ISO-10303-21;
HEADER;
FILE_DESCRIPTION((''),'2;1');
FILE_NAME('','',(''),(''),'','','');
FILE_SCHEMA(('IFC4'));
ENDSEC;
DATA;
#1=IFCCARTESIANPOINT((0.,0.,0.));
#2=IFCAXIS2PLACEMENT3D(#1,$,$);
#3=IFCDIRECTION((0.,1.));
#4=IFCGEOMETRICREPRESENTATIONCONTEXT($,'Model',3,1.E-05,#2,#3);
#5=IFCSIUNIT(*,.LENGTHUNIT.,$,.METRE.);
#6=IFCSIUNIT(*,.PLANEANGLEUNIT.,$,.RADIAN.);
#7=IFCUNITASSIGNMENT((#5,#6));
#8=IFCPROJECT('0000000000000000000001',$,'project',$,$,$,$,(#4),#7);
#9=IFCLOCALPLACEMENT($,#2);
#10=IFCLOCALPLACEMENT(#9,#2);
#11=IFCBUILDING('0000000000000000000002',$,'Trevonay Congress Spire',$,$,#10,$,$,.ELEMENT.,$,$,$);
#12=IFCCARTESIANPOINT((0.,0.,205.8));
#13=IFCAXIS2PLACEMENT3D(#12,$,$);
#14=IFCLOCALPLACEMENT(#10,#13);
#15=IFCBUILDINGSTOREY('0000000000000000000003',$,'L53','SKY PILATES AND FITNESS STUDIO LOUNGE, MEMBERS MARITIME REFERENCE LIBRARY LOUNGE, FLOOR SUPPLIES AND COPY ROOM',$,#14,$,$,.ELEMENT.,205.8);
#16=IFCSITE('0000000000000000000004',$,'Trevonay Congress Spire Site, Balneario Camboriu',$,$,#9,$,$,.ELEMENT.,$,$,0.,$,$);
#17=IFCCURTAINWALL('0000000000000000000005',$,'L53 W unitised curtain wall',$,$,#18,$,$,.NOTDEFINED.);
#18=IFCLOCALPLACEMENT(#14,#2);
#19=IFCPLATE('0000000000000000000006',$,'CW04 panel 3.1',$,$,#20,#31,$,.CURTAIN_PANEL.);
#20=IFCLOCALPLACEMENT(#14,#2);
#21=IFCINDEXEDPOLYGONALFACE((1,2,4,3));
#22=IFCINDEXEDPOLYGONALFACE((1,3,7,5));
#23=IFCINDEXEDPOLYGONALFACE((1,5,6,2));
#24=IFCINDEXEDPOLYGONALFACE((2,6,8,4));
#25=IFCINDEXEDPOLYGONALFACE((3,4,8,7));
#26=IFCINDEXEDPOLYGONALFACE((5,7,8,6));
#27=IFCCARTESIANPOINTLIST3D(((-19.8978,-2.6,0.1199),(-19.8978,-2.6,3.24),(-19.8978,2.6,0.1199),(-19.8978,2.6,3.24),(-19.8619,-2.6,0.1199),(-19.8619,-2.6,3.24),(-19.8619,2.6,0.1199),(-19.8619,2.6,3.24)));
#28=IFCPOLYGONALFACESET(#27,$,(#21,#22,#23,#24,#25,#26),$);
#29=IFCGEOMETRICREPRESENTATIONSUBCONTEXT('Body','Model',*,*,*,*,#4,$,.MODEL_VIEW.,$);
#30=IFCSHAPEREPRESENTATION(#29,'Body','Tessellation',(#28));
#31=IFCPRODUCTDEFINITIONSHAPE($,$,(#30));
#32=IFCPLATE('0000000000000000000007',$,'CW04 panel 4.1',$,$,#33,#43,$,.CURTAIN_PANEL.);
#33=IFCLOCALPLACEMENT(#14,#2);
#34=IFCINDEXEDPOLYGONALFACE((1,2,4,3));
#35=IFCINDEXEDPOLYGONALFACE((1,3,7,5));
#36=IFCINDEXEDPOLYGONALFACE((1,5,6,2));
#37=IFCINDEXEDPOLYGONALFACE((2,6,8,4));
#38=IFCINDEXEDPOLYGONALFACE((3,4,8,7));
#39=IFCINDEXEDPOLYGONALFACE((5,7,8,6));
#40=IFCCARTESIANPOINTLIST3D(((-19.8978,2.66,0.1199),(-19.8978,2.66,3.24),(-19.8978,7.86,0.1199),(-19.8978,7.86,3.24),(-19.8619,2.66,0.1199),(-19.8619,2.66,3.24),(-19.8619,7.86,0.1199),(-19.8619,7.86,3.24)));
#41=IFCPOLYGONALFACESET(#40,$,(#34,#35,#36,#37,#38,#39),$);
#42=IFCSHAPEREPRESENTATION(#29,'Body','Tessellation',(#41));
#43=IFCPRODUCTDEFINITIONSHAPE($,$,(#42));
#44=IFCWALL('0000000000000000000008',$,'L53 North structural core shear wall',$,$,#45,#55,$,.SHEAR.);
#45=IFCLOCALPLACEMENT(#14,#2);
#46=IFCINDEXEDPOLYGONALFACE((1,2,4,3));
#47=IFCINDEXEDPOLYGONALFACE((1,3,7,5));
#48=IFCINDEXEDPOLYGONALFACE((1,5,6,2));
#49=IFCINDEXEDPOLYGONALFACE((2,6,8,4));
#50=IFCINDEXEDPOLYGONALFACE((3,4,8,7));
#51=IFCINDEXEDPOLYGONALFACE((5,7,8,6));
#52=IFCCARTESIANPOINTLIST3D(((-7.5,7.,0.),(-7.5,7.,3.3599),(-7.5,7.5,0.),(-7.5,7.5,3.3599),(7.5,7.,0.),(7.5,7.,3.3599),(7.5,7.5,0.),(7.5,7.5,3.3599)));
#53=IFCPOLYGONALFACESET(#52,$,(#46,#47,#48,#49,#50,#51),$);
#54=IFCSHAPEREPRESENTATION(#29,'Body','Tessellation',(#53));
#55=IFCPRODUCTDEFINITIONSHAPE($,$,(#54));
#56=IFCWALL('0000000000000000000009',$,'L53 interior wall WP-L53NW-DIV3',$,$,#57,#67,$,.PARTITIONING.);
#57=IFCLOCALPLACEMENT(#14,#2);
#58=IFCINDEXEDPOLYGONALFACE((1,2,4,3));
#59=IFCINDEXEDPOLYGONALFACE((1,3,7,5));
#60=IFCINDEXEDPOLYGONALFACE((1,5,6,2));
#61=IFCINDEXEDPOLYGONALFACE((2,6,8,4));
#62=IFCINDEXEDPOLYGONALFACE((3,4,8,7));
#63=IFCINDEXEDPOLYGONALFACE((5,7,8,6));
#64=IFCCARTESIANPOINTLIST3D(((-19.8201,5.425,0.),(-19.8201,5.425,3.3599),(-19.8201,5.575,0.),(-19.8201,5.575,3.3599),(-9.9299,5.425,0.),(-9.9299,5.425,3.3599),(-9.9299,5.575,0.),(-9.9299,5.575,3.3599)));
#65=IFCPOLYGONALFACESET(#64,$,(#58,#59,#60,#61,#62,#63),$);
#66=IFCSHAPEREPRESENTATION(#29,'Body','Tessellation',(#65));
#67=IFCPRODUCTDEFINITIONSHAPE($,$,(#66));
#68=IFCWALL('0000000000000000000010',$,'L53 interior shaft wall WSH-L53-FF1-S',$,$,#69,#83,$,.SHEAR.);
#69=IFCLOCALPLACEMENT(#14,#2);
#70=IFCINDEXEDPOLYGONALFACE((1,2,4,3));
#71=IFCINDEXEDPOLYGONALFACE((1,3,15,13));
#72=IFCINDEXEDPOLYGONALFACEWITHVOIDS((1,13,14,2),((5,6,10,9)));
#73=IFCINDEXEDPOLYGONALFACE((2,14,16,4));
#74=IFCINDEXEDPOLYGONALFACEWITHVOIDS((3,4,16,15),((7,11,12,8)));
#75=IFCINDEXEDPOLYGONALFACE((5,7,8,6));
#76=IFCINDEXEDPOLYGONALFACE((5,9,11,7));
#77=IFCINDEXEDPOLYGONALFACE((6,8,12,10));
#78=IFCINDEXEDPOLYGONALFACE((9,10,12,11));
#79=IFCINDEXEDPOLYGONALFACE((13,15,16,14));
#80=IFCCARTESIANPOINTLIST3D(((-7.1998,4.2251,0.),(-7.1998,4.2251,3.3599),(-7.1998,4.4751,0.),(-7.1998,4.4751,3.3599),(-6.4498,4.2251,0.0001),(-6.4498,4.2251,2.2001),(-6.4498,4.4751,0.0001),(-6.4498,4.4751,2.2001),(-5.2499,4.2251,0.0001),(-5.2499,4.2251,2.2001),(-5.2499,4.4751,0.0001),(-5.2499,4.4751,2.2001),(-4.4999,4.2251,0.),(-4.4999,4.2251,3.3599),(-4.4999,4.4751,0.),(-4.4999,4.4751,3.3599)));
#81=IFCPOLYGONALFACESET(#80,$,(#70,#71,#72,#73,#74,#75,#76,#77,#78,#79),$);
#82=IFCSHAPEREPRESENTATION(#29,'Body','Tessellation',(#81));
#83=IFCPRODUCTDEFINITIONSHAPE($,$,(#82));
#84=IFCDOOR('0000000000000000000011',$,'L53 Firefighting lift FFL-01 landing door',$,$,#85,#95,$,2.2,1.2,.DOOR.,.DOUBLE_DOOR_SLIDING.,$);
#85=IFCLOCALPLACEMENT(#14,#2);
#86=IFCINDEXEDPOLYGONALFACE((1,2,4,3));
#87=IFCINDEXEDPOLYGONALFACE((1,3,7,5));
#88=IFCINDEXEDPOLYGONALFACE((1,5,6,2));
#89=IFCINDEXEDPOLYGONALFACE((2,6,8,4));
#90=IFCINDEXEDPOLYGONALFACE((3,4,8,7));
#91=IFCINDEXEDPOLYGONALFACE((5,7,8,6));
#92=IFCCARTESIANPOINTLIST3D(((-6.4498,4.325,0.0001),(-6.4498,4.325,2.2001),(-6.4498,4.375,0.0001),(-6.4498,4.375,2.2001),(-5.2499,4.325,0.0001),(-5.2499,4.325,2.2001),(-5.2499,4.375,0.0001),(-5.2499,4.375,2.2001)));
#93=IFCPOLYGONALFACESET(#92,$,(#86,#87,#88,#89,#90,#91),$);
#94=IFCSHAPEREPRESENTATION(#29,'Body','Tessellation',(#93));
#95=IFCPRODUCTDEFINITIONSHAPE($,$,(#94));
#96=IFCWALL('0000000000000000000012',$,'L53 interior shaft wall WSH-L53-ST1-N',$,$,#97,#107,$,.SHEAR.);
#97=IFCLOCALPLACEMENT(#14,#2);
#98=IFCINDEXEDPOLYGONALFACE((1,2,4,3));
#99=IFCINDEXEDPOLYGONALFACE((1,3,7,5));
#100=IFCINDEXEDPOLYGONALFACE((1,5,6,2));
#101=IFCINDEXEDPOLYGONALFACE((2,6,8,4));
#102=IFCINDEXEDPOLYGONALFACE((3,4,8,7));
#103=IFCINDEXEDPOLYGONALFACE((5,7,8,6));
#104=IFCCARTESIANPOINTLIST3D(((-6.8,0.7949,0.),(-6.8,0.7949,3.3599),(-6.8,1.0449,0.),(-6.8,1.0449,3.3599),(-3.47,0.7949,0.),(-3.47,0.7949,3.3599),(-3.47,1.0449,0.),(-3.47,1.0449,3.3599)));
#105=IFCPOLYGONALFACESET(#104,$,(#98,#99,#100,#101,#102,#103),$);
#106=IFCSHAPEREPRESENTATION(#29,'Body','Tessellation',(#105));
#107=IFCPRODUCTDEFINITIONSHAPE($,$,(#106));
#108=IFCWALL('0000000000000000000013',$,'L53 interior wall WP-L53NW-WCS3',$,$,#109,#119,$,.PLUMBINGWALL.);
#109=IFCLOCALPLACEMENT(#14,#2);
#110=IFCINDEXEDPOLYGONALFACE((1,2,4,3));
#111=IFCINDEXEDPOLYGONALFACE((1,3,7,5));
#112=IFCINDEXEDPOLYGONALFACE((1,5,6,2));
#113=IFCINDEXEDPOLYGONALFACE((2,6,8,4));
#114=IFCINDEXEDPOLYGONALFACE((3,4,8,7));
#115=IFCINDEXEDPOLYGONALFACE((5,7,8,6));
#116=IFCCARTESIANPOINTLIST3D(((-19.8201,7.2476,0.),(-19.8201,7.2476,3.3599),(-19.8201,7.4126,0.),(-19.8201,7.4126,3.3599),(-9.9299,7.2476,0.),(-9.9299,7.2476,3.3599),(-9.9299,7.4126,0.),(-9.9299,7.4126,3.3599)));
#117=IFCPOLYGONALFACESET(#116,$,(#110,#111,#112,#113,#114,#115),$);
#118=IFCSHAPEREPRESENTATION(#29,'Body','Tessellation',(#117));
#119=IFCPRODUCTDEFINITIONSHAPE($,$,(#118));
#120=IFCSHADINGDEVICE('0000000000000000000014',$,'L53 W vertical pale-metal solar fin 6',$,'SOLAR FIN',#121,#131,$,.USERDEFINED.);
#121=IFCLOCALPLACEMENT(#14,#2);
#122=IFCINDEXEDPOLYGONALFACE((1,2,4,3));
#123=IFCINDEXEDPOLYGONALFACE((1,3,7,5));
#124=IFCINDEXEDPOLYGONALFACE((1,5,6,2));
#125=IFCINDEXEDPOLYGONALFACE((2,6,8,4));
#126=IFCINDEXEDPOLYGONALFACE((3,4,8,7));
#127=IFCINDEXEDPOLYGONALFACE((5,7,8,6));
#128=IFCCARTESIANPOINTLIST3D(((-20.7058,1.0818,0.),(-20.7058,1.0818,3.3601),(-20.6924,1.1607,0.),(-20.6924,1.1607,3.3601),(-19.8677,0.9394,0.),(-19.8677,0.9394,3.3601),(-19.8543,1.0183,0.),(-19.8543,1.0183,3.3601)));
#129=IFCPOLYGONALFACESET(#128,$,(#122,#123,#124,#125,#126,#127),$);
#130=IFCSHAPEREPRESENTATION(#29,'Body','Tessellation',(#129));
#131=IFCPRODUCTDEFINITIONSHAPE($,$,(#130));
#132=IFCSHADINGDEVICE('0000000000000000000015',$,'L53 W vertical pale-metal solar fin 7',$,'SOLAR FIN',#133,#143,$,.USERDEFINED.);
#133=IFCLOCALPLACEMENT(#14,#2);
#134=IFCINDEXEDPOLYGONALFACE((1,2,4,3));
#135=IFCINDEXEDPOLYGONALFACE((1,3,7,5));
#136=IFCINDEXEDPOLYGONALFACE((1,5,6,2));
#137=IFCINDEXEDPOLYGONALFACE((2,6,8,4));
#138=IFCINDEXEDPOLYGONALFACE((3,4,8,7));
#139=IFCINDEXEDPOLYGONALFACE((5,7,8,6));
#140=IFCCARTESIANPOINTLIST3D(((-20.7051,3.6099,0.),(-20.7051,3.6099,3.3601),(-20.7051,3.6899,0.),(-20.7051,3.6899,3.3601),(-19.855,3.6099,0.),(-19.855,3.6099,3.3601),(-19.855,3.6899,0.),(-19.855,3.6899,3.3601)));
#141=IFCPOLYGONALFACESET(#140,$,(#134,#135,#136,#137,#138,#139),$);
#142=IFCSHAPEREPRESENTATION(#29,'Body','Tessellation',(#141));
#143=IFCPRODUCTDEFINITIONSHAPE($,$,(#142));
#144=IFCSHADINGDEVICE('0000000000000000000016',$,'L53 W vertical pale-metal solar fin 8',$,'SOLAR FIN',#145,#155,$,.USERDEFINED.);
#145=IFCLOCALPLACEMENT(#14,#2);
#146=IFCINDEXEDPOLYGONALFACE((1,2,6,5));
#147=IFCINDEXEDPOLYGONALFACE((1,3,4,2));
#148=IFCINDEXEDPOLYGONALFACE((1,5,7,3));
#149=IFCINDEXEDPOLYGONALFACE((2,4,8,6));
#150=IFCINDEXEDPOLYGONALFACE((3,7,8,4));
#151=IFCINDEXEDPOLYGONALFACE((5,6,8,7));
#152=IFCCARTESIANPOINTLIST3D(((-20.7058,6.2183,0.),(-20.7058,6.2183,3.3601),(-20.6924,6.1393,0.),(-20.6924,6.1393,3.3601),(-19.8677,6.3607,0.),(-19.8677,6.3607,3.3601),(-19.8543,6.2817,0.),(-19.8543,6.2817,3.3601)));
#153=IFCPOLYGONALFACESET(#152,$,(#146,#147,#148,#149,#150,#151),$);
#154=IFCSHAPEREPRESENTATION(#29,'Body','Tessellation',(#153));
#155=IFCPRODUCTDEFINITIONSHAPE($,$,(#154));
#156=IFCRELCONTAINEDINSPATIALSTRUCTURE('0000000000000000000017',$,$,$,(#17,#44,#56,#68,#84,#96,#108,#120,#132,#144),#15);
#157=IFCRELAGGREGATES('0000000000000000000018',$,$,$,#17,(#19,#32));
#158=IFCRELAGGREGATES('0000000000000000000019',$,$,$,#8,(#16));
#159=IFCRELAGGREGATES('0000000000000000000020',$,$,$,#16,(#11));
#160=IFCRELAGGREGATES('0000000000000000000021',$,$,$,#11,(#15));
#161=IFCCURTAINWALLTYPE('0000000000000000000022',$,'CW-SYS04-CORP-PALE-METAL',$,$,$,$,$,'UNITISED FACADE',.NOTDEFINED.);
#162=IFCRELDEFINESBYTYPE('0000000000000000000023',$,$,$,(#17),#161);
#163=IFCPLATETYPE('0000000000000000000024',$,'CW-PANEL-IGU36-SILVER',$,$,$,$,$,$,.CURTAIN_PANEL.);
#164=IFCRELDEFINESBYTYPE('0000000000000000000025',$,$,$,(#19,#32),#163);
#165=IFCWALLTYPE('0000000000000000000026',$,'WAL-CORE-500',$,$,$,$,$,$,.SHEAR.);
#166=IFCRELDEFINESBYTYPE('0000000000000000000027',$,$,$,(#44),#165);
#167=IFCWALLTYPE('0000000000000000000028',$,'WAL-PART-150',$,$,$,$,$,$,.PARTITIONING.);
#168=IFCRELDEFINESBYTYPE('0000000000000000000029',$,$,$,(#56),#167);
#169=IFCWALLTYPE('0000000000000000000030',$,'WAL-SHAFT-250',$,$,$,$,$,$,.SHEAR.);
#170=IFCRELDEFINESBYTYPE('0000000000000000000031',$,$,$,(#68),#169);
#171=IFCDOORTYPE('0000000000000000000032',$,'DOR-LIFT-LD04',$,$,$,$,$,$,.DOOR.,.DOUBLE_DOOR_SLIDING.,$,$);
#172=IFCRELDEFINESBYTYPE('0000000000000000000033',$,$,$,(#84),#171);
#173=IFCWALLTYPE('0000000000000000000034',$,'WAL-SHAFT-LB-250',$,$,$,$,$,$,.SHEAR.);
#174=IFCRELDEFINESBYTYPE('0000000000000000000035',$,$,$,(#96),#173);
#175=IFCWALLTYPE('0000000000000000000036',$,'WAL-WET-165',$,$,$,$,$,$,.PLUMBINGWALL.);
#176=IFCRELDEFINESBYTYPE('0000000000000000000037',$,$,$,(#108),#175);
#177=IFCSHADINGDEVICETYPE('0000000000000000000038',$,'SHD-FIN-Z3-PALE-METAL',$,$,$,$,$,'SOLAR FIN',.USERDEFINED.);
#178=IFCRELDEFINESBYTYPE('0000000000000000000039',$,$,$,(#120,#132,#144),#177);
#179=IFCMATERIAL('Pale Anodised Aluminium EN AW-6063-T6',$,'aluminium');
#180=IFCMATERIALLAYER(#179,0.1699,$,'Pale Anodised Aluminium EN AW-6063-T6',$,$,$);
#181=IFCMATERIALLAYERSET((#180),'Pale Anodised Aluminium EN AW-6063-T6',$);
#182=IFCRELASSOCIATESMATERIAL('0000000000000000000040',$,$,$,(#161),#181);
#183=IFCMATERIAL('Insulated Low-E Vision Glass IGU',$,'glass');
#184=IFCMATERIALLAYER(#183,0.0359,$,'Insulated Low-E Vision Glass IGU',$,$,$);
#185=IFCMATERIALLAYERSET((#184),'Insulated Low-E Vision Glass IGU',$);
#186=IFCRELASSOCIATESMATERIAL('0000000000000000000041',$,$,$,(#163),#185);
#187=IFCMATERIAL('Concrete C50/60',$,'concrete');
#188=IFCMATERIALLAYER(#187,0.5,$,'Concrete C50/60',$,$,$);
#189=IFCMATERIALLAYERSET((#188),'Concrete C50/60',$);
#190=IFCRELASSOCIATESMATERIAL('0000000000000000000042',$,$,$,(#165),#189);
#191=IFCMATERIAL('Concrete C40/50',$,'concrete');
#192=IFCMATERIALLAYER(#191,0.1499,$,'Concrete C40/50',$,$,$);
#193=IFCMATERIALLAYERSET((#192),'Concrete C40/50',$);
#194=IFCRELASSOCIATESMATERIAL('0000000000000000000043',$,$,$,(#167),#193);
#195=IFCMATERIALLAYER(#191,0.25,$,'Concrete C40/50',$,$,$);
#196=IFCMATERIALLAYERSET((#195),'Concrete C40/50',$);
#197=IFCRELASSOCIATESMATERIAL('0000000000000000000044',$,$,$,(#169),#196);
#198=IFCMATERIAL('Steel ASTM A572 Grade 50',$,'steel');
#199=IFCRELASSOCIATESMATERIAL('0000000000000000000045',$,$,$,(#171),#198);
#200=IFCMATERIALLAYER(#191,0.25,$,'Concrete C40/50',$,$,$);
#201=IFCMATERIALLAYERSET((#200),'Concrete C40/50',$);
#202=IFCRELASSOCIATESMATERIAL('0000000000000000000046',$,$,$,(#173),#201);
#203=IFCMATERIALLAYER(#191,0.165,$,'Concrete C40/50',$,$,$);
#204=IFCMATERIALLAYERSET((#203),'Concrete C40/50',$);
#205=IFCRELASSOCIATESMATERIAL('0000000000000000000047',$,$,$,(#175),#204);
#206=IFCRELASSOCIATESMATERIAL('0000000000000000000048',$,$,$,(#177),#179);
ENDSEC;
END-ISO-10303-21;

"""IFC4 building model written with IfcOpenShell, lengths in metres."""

from ifc_helpers import new_model, si_unit, direction, frame, frame_2d, origin, origin_2d, place, context, subcontext, project, spatial, rectangle, extrude, material, layer, layer_set, type_object, element, fill, aggregate, save


model = new_model("IFC4")

# Units and contexts
model_context = context("Model", 3, precision=1e-05, world=origin(), true_north=direction((0.0, 1.0)))
body_context = subcontext(model_context, "Body", "Model", "MODEL_VIEW")
ifc_project = project(units=[si_unit("LENGTHUNIT", "METRE"), si_unit("PLANEANGLEUNIT", "RADIAN")], contexts=[model_context])

# Site, building, storey
site_placement = place(None, origin())
site = spatial("IfcSite", under=ifc_project, at=site_placement, Name="Trevonay Congress Spire Site, Balneario Camboriu", CompositionType="ELEMENT", RefElevation=0.0)
building_placement = place(site_placement, origin())
building = spatial("IfcBuilding", under=site, at=building_placement, Name="Trevonay Congress Spire", CompositionType="ELEMENT")
storey_placement = place(building_placement, frame((0.0, 0.0, 205.8)))
storey = spatial("IfcBuildingStorey", under=building, at=storey_placement, Name="L53", Description="SKY PILATES AND FITNESS STUDIO LOUNGE, MEMBERS MARITIME REFERENCE LIBRARY LOUNGE, FLOOR SUPPLIES AND COPY ROOM", CompositionType="ELEMENT", Elevation=205.8)

# Shared definitions
ifc_material_1 = material(Name="Steel ASTM A572 Grade 50", Category="steel")

# Curtain wall
ifc_material_2 = material(Name="Pale Anodised Aluminium EN AW-6063-T6", Category="aluminium")
ifc_layer_1 = layer(ifc_material_2, 0.1699, Name="Pale Anodised Aluminium EN AW-6063-T6")
ifc_layer_set_1 = layer_set([ifc_layer_1], Name="Pale Anodised Aluminium EN AW-6063-T6")
curtain_wall_type = type_object("IfcCurtainWallType", Name="CW-SYS04-CORP-PALE-METAL", ElementType="UNITISED FACADE", PredefinedType="NOTDEFINED", material=ifc_layer_set_1)
curtain_wall_placement = place(storey_placement, origin())
curtain_wall = element("IfcCurtainWall", 1, at=curtain_wall_placement, inside=storey, type_object=curtain_wall_type, Name="L53 W unitised curtain wall", PredefinedType="NOTDEFINED")

# Plates
ifc_material_3 = material(Name="Insulated Low-E Vision Glass IGU", Category="glass")
ifc_layer_2 = layer(ifc_material_3, 0.0359, Name="Insulated Low-E Vision Glass IGU")
ifc_layer_set_2 = layer_set([ifc_layer_2], Name="Insulated Low-E Vision Glass IGU")
plate_type = type_object("IfcPlateType", Name="CW-PANEL-IGU36-SILVER", PredefinedType="CURTAIN_PANEL", material=ifc_layer_set_2)
plate_1_placement = place(storey_placement, frame((-19.8799, 0.0, 0.1199), z_axis=(0.0, 0.0, 1.0), x_axis=(0.0, 1.0, 0.0)))
plate_1 = element("IfcPlate", 2, at=plate_1_placement, type_object=plate_type, Name="CW04 panel 3.1", PredefinedType="CURTAIN_PANEL", context=body_context, shape_type="SweptSolid", body=[
    extrude(rectangle(XDim=5.2, YDim=0.0359, at=origin_2d()), origin(), (0.0, 0.0, 1.0), 3.1201),
])
plate_2_placement = place(storey_placement, frame((-19.8799, 5.26, 0.1199), z_axis=(0.0, 0.0, 1.0), x_axis=(0.0, 1.0, 0.0)))
plate_2 = element("IfcPlate", 3, at=plate_2_placement, type_object=plate_type, Name="CW04 panel 4.1", PredefinedType="CURTAIN_PANEL", context=body_context, shape_type="SweptSolid", body=[
    extrude(rectangle(XDim=5.2, YDim=0.0359, at=origin_2d()), origin(), (0.0, 0.0, 1.0), 3.1201),
])
aggregate(curtain_wall, [plate_1, plate_2])

# Walls
ifc_material_4 = material(Name="Concrete C50/60", Category="concrete")
ifc_layer_3 = layer(ifc_material_4, 0.5, Name="Concrete C50/60")
ifc_layer_set_3 = layer_set([ifc_layer_3], Name="Concrete C50/60")
wall_type_1 = type_object("IfcWallType", Name="WAL-CORE-500", PredefinedType="SHEAR", material=ifc_layer_set_3)
wall_1_placement = place(storey_placement, frame((-7.5, 7.25, 0.0), z_axis=(0.0, 0.0, 1.0), x_axis=(1.0, 0.0, 0.0)))
element("IfcWall", 4, at=wall_1_placement, inside=storey, type_object=wall_type_1, Name="L53 North structural core shear wall", PredefinedType="SHEAR", context=body_context, shape_type="SweptSolid", body=[
    extrude(rectangle(XDim=15.0, YDim=0.5, at=frame_2d((7.5, 0.0))), origin(), (0.0, 0.0, 1.0), 3.3599),
])
ifc_material_5 = material(Name="Concrete C40/50", Category="concrete")
ifc_layer_4 = layer(ifc_material_5, 0.1499, Name="Concrete C40/50")
ifc_layer_set_4 = layer_set([ifc_layer_4], Name="Concrete C40/50")
wall_type_2 = type_object("IfcWallType", Name="WAL-PART-150", PredefinedType="PARTITIONING", material=ifc_layer_set_4)
wall_2_placement = place(storey_placement, frame((-19.8201, 5.5, 0.0), z_axis=(0.0, 0.0, 1.0), x_axis=(1.0, 0.0, 0.0)))
element("IfcWall", 5, at=wall_2_placement, inside=storey, type_object=wall_type_2, Name="L53 interior wall WP-L53NW-DIV3", PredefinedType="PARTITIONING", context=body_context, shape_type="SweptSolid", body=[
    extrude(rectangle(XDim=9.8901, YDim=0.1499, at=frame_2d((4.9451, 0.0))), origin(), (0.0, 0.0, 1.0), 3.3599),
])

# Wall, opening, door
ifc_layer_5 = layer(ifc_material_5, 0.25, Name="Concrete C40/50")
ifc_layer_set_5 = layer_set([ifc_layer_5], Name="Concrete C40/50")
wall_type_3 = type_object("IfcWallType", Name="WAL-SHAFT-250", PredefinedType="SHEAR", material=ifc_layer_set_5)
wall_3_placement = place(storey_placement, frame((-7.2, 4.3501, 0.0), z_axis=(0.0, 0.0, 1.0), x_axis=(1.0, 0.0, 0.0)))
wall_3 = element("IfcWall", 6, at=wall_3_placement, inside=storey, type_object=wall_type_3, Name="L53 interior shaft wall WSH-L53-FF1-S", PredefinedType="SHEAR", context=body_context, shape_type="SweptSolid", body=[
    extrude(rectangle(XDim=2.7, YDim=0.25, at=frame_2d((1.3501, 0.0))), origin(), (0.0, 0.0, 1.0), 3.3599),
])
opening_placement = place(wall_3_placement, frame((0.75, 0.0, 0.0)))
opening = element("IfcOpeningElement", 7, at=opening_placement, cuts=wall_3, PredefinedType="OPENING", context=body_context, shape_type="SweptSolid", body=[
    extrude(rectangle(XDim=1.2, YDim=2.2, at=frame_2d((0.6001, 1.1001))), frame((0.0, 0.135, 0.0), z_axis=(0.0, -1.0, 0.0), x_axis=(1.0, 0.0, 0.0)), (0.0, 0.0, 1.0), 0.27),
])
door_type = type_object("IfcDoorType", Name="DOR-LIFT-LD04", OperationType="DOUBLE_DOOR_SLIDING", PredefinedType="DOOR", material=ifc_material_1)
door_placement = place(opening_placement, origin())
door = element("IfcDoor", 8, at=door_placement, inside=storey, type_object=door_type, Name="L53 Firefighting lift FFL-01 landing door", OperationType="DOUBLE_DOOR_SLIDING", OverallHeight=2.2, OverallWidth=1.2, PredefinedType="DOOR", context=body_context, shape_type="SweptSolid", body=[
    extrude(rectangle(XDim=1.2, YDim=2.2, at=frame_2d((0.6001, 1.1001))), frame((0.0, 0.0249, 0.0), z_axis=(0.0, -1.0, 0.0), x_axis=(1.0, 0.0, 0.0)), (0.0, 0.0, 1.0), 0.05),
])
fill(opening, door)

# Walls
ifc_layer_6 = layer(ifc_material_5, 0.25, Name="Concrete C40/50")
ifc_layer_set_6 = layer_set([ifc_layer_6], Name="Concrete C40/50")
wall_type_4 = type_object("IfcWallType", Name="WAL-SHAFT-LB-250", PredefinedType="SHEAR", material=ifc_layer_set_6)
wall_4_placement = place(storey_placement, frame((-6.8, 0.9199, 0.0), z_axis=(0.0, 0.0, 1.0), x_axis=(1.0, 0.0, 0.0)))
element("IfcWall", 9, at=wall_4_placement, inside=storey, type_object=wall_type_4, Name="L53 interior shaft wall WSH-L53-ST1-N", PredefinedType="SHEAR", context=body_context, shape_type="SweptSolid", body=[
    extrude(rectangle(XDim=3.3301, YDim=0.25, at=frame_2d((1.665, 0.0))), origin(), (0.0, 0.0, 1.0), 3.3599),
])
ifc_layer_7 = layer(ifc_material_5, 0.165, Name="Concrete C40/50")
ifc_layer_set_7 = layer_set([ifc_layer_7], Name="Concrete C40/50")
wall_type_5 = type_object("IfcWallType", Name="WAL-WET-165", PredefinedType="PLUMBINGWALL", material=ifc_layer_set_7)
wall_5_placement = place(storey_placement, frame((-19.8201, 7.3301, 0.0), z_axis=(0.0, 0.0, 1.0), x_axis=(1.0, 0.0, 0.0)))
element("IfcWall", 10, at=wall_5_placement, inside=storey, type_object=wall_type_5, Name="L53 interior wall WP-L53NW-WCS3", PredefinedType="PLUMBINGWALL", context=body_context, shape_type="SweptSolid", body=[
    extrude(rectangle(XDim=9.8901, YDim=0.165, at=frame_2d((4.9451, 0.0))), origin(), (0.0, 0.0, 1.0), 3.3599),
])

# Shading devices
shading_device_type = type_object("IfcShadingDeviceType", Name="SHD-FIN-Z3-PALE-METAL", ElementType="SOLAR FIN", PredefinedType="USERDEFINED", material=ifc_material_2)
for number, where, z_axis, x_axis, name in (
    (11, (-20.28, 1.05, 0.0), (0.0, 0.0, 1.0), (0.167457, 0.985879, 0.0), "L53 W vertical pale-metal solar fin 6"),
    (12, (-20.28, 3.6499, 0.0), (0.0, 0.0, 1.0), (0.0, 1.0, 0.0), "L53 W vertical pale-metal solar fin 7"),
    (13, (-20.28, 6.25, 0.0), (0.0, 0.0, 1.0), (-0.167457, 0.985879, 0.0), "L53 W vertical pale-metal solar fin 8"),
):
    element("IfcShadingDevice", number, at=place(storey_placement, frame(where, z_axis=z_axis, x_axis=x_axis)), inside=storey, type_object=shading_device_type, Name=name, ObjectType="SOLAR FIN", PredefinedType="USERDEFINED", context=body_context, shape_type="SweptSolid", body=[
        extrude(rectangle(XDim=0.0801, YDim=0.8501, at=origin_2d()), origin(), (0.0, 0.0, 1.0), 3.3601),
    ])

save(model, "model.ifc")
